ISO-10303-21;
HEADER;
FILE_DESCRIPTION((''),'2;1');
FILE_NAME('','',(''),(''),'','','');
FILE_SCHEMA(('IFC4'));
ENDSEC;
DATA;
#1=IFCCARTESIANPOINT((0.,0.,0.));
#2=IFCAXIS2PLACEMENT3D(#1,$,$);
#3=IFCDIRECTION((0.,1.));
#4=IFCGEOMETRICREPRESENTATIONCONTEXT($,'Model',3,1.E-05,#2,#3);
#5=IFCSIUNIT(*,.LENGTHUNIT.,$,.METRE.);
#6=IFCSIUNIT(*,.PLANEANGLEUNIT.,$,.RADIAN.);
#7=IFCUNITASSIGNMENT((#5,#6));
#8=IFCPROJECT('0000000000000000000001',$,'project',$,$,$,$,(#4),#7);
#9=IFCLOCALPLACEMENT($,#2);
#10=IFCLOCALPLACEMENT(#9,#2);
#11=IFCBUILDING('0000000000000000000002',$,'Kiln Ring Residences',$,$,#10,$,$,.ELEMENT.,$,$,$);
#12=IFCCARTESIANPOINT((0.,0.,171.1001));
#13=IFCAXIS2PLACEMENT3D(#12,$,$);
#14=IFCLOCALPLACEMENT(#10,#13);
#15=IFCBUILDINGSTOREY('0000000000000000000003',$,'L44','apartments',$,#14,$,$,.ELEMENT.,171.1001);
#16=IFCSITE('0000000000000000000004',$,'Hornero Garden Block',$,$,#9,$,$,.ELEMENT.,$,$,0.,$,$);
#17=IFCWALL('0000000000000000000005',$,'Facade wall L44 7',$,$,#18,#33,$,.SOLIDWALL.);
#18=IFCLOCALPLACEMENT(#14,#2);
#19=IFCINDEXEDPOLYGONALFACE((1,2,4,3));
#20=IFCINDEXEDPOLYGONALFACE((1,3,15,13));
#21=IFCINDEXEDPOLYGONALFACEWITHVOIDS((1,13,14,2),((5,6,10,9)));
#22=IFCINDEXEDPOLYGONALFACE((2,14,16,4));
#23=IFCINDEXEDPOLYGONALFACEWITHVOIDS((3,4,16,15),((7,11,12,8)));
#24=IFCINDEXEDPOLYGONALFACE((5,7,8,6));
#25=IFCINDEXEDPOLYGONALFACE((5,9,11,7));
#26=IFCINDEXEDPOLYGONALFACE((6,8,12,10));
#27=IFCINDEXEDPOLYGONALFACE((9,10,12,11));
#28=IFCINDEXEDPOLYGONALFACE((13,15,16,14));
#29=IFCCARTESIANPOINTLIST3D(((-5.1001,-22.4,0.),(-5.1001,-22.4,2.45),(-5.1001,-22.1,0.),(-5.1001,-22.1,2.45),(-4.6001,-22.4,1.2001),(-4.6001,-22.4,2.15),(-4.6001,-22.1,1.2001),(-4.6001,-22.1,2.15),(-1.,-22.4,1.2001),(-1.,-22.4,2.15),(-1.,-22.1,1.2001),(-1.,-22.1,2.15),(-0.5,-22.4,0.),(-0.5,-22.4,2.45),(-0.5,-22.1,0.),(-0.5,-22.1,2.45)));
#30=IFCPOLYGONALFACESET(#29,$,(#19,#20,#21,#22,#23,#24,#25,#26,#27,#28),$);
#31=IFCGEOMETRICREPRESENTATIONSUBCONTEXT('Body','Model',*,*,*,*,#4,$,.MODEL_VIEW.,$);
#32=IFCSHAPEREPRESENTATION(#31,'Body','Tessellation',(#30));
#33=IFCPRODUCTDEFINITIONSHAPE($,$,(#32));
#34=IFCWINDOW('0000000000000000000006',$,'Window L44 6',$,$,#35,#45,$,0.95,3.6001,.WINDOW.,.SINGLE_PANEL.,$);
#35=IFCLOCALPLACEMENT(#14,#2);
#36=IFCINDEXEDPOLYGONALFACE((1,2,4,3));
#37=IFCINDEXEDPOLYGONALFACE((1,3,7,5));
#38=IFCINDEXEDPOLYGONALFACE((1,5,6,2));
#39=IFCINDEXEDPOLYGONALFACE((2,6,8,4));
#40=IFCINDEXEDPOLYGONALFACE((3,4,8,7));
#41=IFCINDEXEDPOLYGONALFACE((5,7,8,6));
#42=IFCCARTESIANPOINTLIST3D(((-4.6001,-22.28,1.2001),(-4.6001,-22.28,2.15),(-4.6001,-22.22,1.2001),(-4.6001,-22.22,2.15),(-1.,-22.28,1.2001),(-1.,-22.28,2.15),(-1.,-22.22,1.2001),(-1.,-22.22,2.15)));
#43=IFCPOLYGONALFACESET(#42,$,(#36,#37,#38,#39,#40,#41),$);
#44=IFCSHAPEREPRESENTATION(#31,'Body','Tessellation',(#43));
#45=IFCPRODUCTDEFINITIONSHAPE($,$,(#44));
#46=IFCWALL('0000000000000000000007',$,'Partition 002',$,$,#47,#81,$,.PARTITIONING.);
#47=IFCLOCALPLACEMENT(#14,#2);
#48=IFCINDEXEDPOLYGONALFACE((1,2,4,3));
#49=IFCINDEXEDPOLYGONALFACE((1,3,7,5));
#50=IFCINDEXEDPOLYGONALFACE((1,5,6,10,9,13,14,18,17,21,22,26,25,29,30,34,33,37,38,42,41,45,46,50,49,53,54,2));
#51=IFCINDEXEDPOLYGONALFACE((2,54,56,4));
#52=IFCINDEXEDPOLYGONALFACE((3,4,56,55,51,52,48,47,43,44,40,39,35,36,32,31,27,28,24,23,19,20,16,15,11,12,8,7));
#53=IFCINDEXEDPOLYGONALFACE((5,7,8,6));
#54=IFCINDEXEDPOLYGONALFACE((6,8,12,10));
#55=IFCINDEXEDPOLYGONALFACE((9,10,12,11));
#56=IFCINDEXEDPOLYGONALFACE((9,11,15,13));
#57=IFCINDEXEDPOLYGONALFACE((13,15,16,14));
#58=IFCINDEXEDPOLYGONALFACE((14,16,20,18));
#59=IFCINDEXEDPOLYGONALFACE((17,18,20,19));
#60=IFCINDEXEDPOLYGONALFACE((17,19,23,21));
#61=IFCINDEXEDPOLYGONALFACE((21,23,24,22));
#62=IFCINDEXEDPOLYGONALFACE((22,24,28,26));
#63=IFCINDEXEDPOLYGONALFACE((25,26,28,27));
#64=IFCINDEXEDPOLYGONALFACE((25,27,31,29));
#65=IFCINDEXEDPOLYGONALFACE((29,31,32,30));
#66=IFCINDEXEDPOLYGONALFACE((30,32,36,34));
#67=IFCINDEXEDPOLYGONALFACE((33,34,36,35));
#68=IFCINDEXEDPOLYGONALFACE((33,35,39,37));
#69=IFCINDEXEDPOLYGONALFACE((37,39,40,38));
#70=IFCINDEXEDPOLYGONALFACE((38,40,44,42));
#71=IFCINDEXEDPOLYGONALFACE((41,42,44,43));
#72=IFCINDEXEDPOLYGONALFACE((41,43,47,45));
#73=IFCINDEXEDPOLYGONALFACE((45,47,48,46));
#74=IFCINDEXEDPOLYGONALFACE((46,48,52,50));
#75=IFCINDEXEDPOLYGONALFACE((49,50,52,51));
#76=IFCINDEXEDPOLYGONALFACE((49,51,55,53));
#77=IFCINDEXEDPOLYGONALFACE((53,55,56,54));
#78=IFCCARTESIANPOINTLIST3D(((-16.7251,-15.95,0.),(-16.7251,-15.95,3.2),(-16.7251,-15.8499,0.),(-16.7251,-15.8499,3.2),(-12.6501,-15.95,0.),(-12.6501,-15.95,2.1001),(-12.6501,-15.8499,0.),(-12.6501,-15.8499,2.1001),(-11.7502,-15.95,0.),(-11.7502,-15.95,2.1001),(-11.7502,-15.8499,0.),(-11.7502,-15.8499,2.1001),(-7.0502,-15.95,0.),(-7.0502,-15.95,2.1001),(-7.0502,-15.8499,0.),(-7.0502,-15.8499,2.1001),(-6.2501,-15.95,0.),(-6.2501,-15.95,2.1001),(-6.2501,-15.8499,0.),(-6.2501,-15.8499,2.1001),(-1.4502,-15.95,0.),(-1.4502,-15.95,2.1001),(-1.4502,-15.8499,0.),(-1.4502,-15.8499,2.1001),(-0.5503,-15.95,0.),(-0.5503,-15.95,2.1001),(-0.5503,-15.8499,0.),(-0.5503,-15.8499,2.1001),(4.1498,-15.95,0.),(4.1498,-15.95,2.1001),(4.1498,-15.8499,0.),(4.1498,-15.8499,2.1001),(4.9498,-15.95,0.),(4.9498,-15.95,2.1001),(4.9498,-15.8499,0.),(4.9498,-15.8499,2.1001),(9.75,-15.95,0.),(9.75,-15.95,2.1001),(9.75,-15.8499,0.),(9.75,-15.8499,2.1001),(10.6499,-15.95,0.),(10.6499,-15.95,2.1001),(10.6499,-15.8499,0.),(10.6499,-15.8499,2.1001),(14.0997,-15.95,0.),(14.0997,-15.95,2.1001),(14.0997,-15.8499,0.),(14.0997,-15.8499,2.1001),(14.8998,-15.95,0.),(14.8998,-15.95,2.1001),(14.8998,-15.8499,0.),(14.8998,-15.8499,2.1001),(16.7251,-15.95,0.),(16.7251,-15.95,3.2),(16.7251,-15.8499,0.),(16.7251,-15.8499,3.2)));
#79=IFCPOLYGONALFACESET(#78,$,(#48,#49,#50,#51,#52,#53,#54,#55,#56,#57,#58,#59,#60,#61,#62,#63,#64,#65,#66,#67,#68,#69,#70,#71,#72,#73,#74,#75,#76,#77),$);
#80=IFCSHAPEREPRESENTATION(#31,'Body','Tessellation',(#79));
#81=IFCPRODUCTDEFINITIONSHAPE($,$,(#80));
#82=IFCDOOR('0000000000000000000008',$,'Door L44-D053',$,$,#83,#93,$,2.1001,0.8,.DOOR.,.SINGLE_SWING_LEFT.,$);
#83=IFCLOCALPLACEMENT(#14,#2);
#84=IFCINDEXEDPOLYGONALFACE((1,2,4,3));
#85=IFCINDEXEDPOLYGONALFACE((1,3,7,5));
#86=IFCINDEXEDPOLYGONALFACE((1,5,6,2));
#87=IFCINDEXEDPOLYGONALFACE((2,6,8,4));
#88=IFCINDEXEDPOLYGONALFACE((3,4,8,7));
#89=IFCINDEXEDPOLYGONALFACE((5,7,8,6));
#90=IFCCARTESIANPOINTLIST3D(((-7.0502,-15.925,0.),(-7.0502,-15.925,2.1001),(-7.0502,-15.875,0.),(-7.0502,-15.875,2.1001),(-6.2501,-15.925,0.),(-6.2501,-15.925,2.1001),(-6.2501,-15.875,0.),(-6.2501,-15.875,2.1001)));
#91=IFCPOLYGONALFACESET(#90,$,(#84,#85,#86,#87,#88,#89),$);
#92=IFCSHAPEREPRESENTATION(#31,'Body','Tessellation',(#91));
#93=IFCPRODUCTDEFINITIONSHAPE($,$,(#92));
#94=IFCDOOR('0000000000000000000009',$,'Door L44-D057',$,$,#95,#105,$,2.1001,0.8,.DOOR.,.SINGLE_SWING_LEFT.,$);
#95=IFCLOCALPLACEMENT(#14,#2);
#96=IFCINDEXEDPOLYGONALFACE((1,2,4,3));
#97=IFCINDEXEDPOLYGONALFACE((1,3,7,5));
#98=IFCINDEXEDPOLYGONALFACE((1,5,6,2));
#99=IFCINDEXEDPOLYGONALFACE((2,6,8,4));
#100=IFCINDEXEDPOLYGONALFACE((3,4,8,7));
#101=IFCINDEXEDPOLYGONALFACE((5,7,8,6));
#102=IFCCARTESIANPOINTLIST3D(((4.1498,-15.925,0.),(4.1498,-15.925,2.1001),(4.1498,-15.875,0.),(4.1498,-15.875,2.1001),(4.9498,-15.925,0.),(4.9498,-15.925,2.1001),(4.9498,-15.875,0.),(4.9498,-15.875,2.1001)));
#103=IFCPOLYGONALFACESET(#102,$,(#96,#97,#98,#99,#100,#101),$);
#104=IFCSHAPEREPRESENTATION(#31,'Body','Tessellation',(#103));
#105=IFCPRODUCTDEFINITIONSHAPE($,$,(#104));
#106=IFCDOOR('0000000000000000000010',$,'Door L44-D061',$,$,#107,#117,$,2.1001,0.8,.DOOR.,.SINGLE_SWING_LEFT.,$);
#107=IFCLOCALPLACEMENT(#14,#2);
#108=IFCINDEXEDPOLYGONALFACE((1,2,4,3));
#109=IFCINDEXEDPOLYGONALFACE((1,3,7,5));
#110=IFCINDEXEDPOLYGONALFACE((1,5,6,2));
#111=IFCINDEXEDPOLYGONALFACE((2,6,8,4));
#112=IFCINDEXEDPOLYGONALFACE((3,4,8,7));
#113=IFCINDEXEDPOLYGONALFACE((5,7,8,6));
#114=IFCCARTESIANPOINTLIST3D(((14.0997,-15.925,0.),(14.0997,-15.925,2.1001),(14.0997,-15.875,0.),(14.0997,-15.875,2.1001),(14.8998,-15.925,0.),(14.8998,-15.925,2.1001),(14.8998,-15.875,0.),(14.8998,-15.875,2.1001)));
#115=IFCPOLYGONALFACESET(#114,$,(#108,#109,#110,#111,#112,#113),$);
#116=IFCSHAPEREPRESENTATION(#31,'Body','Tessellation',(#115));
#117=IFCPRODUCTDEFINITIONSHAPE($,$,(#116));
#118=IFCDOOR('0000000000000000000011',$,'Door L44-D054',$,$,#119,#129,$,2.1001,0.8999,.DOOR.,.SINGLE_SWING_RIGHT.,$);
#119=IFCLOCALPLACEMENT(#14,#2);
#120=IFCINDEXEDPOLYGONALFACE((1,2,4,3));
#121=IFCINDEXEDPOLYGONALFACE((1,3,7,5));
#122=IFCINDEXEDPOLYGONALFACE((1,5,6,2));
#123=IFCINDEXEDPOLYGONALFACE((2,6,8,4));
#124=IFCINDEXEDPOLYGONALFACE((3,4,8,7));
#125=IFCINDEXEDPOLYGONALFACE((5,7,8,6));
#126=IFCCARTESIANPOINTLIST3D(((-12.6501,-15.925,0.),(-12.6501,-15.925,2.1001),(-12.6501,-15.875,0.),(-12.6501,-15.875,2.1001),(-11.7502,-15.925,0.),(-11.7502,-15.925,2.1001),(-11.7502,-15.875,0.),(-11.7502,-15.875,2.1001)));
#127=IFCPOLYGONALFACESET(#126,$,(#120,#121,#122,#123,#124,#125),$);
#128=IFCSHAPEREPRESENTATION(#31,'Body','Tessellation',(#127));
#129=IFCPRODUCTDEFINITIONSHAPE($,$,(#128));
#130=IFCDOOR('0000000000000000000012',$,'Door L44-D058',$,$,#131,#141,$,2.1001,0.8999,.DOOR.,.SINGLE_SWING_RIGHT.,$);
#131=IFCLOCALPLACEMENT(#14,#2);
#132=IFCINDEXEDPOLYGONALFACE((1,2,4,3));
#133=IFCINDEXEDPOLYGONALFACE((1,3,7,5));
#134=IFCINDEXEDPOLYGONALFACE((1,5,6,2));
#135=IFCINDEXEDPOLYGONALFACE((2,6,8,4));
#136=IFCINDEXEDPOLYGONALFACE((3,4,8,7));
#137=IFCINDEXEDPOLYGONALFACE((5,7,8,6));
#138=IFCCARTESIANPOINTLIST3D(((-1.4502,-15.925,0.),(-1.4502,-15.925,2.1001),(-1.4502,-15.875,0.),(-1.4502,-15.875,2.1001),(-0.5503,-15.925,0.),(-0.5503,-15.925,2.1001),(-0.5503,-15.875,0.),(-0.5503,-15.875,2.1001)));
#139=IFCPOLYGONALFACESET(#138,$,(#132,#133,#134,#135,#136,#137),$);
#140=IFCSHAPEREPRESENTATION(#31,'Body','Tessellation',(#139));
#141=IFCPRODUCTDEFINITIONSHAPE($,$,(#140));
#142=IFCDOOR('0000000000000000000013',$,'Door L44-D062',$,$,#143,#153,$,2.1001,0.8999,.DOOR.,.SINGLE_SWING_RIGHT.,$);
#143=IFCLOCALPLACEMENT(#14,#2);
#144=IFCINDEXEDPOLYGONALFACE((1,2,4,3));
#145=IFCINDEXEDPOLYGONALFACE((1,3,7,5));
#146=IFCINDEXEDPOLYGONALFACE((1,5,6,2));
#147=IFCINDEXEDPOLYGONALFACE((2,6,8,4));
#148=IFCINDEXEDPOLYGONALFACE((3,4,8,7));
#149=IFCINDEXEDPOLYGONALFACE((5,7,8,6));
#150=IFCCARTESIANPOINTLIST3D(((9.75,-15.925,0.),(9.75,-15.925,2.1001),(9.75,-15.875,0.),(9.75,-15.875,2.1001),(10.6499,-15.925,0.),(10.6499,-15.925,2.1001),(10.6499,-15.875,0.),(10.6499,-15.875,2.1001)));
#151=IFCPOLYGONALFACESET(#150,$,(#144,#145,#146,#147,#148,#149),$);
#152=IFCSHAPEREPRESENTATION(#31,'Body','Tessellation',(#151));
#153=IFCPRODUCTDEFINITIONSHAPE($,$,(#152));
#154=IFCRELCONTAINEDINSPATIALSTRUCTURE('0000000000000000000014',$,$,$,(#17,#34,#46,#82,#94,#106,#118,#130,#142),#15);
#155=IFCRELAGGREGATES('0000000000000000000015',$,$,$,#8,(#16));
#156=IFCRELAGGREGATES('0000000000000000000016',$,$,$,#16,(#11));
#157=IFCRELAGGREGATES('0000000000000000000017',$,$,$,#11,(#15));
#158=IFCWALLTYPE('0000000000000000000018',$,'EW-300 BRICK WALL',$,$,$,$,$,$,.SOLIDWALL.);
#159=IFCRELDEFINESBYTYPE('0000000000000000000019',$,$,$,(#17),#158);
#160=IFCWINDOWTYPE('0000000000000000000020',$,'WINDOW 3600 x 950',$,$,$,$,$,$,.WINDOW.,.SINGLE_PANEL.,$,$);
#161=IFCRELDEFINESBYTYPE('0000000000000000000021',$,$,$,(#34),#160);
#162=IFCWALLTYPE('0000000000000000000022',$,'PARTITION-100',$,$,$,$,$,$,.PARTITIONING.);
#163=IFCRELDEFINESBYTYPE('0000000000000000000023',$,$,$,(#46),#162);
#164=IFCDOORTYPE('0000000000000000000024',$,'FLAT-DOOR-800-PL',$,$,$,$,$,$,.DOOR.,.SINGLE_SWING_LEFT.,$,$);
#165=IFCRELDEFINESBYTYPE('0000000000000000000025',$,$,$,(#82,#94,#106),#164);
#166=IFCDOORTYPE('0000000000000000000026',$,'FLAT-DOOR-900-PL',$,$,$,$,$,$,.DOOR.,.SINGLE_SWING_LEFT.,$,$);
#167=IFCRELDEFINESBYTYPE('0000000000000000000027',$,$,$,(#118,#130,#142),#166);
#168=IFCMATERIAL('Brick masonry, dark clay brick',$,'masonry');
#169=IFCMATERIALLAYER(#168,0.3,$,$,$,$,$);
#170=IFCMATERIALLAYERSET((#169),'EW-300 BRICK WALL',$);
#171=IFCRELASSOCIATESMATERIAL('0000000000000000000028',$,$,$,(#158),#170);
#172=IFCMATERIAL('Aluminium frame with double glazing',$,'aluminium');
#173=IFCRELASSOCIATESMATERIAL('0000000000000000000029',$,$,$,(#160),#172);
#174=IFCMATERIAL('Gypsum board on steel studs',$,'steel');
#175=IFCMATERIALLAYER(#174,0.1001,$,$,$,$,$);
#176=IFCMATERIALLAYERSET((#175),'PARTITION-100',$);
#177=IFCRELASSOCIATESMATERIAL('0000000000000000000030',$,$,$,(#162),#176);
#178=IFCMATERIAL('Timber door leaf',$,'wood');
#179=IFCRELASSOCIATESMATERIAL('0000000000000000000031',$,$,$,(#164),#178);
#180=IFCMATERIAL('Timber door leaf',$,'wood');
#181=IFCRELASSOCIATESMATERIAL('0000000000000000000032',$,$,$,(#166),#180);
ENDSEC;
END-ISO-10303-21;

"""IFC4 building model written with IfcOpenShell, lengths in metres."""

from ifc_helpers import new_model, si_unit, direction, frame, frame_2d, origin, place, context, subcontext, project, spatial, rectangle, extrude, material, layer, layer_set, type_object, element, fill, save


model = new_model("IFC4")

# Units and contexts
model_context = context("Model", 3, precision=1e-05, world=origin(), true_north=direction((0.0, 1.0)))
body_context = subcontext(model_context, "Body", "Model", "MODEL_VIEW")
ifc_project = project(units=[si_unit("LENGTHUNIT", "METRE"), si_unit("PLANEANGLEUNIT", "RADIAN")], contexts=[model_context])

# Site, building, storey
site_placement = place(None, origin())
site = spatial("IfcSite", under=ifc_project, at=site_placement, Name="Hornero Garden Block", CompositionType="ELEMENT", RefElevation=0.0)
building_placement = place(site_placement, origin())
building = spatial("IfcBuilding", under=site, at=building_placement, Name="Kiln Ring Residences", CompositionType="ELEMENT")
storey_placement = place(building_placement, frame((0.0, 0.0, 171.1001)))
storey = spatial("IfcBuildingStorey", under=building, at=storey_placement, Name="L44", Description="apartments", CompositionType="ELEMENT", Elevation=171.1001)

# Wall, opening, window
ifc_material_1 = material(Name="Brick masonry, dark clay brick", Category="masonry")
ifc_layer_1 = layer(ifc_material_1, 0.3)
ifc_layer_set_1 = layer_set([ifc_layer_1], Name="EW-300 BRICK WALL")
wall_type_1 = type_object("IfcWallType", Name="EW-300 BRICK WALL", PredefinedType="SOLIDWALL", material=ifc_layer_set_1)
ifc_material_2 = material(Name="Aluminium frame with double glazing", Category="aluminium")
window_type = type_object("IfcWindowType", Name="WINDOW 3600 x 950", PartitioningType="SINGLE_PANEL", PredefinedType="WINDOW", material=ifc_material_2)
wall_1_placement = place(storey_placement, frame((-5.1001, -22.25, 0.0), z_axis=(0.0, 0.0, 1.0), x_axis=(1.0, 0.0, 0.0)))
wall_1 = element("IfcWall", 1, at=wall_1_placement, inside=storey, type_object=wall_type_1, Name="Facade wall L44 7", PredefinedType="SOLIDWALL", context=body_context, shape_type="SweptSolid", body=[
    extrude(rectangle(XDim=4.6001, YDim=0.3, at=frame_2d((2.3, 0.0))), origin(), (0.0, 0.0, 1.0), 2.45),
])
opening_1_placement = place(wall_1_placement, frame((0.5, 0.0, 1.2)))
opening_1 = element("IfcOpeningElement", 2, at=opening_1_placement, cuts=wall_1, PredefinedType="OPENING", context=body_context, shape_type="SweptSolid", body=[
    extrude(rectangle(XDim=3.6001, YDim=0.95, at=frame_2d((1.8, 0.4751))), frame((0.0, 0.1599, 0.0), z_axis=(0.0, -1.0, 0.0), x_axis=(1.0, 0.0, 0.0)), (0.0, 0.0, 1.0), 0.3201),
])
window_1_placement = place(opening_1_placement, origin())
window_1 = element("IfcWindow", 3, at=window_1_placement, inside=storey, type_object=window_type, Name="Window L44 6", OverallHeight=0.95, OverallWidth=3.6001, PartitioningType="SINGLE_PANEL", PredefinedType="WINDOW", context=body_context, shape_type="SweptSolid", body=[
    extrude(rectangle(XDim=3.6001, YDim=0.95, at=frame_2d((1.8, 0.4751))), frame((0.0, 0.03, 0.0), z_axis=(0.0, -1.0, 0.0), x_axis=(1.0, 0.0, 0.0)), (0.0, 0.0, 1.0), 0.0601),
])
fill(opening_1, window_1)

# Wall, openings, doors
ifc_material_3 = material(Name="Gypsum board on steel studs", Category="steel")
ifc_layer_2 = layer(ifc_material_3, 0.1001)
ifc_layer_set_2 = layer_set([ifc_layer_2], Name="PARTITION-100")
wall_type_2 = type_object("IfcWallType", Name="PARTITION-100", PredefinedType="PARTITIONING", material=ifc_layer_set_2)
wall_2_placement = place(storey_placement, frame((-16.7251, -15.8999, 0.0), z_axis=(0.0, 0.0, 1.0), x_axis=(1.0, 0.0, 0.0)))
wall_2 = element("IfcWall", 4, at=wall_2_placement, inside=storey, type_object=wall_type_2, Name="Partition 002", PredefinedType="PARTITIONING", context=body_context, shape_type="SweptSolid", body=[
    extrude(rectangle(XDim=33.4502, YDim=0.1001, at=frame_2d((16.7251, 0.0))), origin(), (0.0, 0.0, 1.0), 3.2),
])
opening_2_placement = place(wall_2_placement, frame((9.675, 0.0, 0.0)))
opening_2 = element("IfcOpeningElement", 5, at=opening_2_placement, cuts=wall_2, PredefinedType="OPENING", context=body_context, shape_type="SweptSolid", body=[
    extrude(rectangle(XDim=0.8, YDim=2.1001, at=frame_2d((0.3999, 1.05))), frame((0.0, 0.0601, 0.0), z_axis=(0.0, -1.0, 0.0), x_axis=(1.0, 0.0, 0.0)), (0.0, 0.0, 1.0), 0.1201),
])
opening_3_placement = place(wall_2_placement, frame((4.075, 0.0, 0.0)))
opening_3 = element("IfcOpeningElement", 6, at=opening_3_placement, cuts=wall_2, PredefinedType="OPENING", context=body_context, shape_type="SweptSolid", body=[
    extrude(rectangle(XDim=0.8999, YDim=2.1001, at=frame_2d((0.45, 1.05))), frame((0.0, 0.0601, 0.0), z_axis=(0.0, -1.0, 0.0), x_axis=(1.0, 0.0, 0.0)), (0.0, 0.0, 1.0), 0.1201),
])
opening_4_placement = place(wall_2_placement, frame((20.875, 0.0, 0.0)))
opening_4 = element("IfcOpeningElement", 7, at=opening_4_placement, cuts=wall_2, PredefinedType="OPENING", context=body_context, shape_type="SweptSolid", body=[
    extrude(rectangle(XDim=0.8, YDim=2.1001, at=frame_2d((0.3999, 1.05))), frame((0.0, 0.0601, 0.0), z_axis=(0.0, -1.0, 0.0), x_axis=(1.0, 0.0, 0.0)), (0.0, 0.0, 1.0), 0.1201),
])
opening_5_placement = place(wall_2_placement, frame((15.2749, 0.0, 0.0)))
opening_5 = element("IfcOpeningElement", 8, at=opening_5_placement, cuts=wall_2, PredefinedType="OPENING", context=body_context, shape_type="SweptSolid", body=[
    extrude(rectangle(XDim=0.8999, YDim=2.1001, at=frame_2d((0.45, 1.05))), frame((0.0, 0.0601, 0.0), z_axis=(0.0, -1.0, 0.0), x_axis=(1.0, 0.0, 0.0)), (0.0, 0.0, 1.0), 0.1201),
])
opening_6_placement = place(wall_2_placement, frame((30.825, 0.0, 0.0)))
opening_6 = element("IfcOpeningElement", 9, at=opening_6_placement, cuts=wall_2, PredefinedType="OPENING", context=body_context, shape_type="SweptSolid", body=[
    extrude(rectangle(XDim=0.8, YDim=2.1001, at=frame_2d((0.3999, 1.05))), frame((0.0, 0.0601, 0.0), z_axis=(0.0, -1.0, 0.0), x_axis=(1.0, 0.0, 0.0)), (0.0, 0.0, 1.0), 0.1201),
])
opening_7_placement = place(wall_2_placement, frame((26.4751, 0.0, 0.0)))
opening_7 = element("IfcOpeningElement", 10, at=opening_7_placement, cuts=wall_2, PredefinedType="OPENING", context=body_context, shape_type="SweptSolid", body=[
    extrude(rectangle(XDim=0.8999, YDim=2.1001, at=frame_2d((0.45, 1.05))), frame((0.0, 0.0601, 0.0), z_axis=(0.0, -1.0, 0.0), x_axis=(1.0, 0.0, 0.0)), (0.0, 0.0, 1.0), 0.1201),
])
ifc_material_4 = material(Name="Timber door leaf", Category="wood")
door_type_1 = type_object("IfcDoorType", Name="FLAT-DOOR-800-PL", OperationType="SINGLE_SWING_LEFT", PredefinedType="DOOR", material=ifc_material_4)
door_1_placement = place(opening_2_placement, origin())
door_1 = element("IfcDoor", 11, at=door_1_placement, inside=storey, type_object=door_type_1, Name="Door L44-D053", OperationType="SINGLE_SWING_LEFT", OverallHeight=2.1001, OverallWidth=0.8, PredefinedType="DOOR", context=body_context, shape_type="SweptSolid", body=[
    extrude(rectangle(XDim=0.8, YDim=2.1001, at=frame_2d((0.3999, 1.05))), frame((0.0, 0.0249, 0.0), z_axis=(0.0, -1.0, 0.0), x_axis=(1.0, 0.0, 0.0)), (0.0, 0.0, 1.0), 0.05),
])
fill(opening_2, door_1)
door_2_placement = place(opening_4_placement, origin())
door_2 = element("IfcDoor", 12, at=door_2_placement, inside=storey, type_object=door_type_1, Name="Door L44-D057", OperationType="SINGLE_SWING_LEFT", OverallHeight=2.1001, OverallWidth=0.8, PredefinedType="DOOR", context=body_context, shape_type="SweptSolid", body=[
    extrude(rectangle(XDim=0.8, YDim=2.1001, at=frame_2d((0.3999, 1.05))), frame((0.0, 0.0249, 0.0), z_axis=(0.0, -1.0, 0.0), x_axis=(1.0, 0.0, 0.0)), (0.0, 0.0, 1.0), 0.05),
])
fill(opening_4, door_2)
door_3_placement = place(opening_6_placement, origin())
door_3 = element("IfcDoor", 13, at=door_3_placement, inside=storey, type_object=door_type_1, Name="Door L44-D061", OperationType="SINGLE_SWING_LEFT", OverallHeight=2.1001, OverallWidth=0.8, PredefinedType="DOOR", context=body_context, shape_type="SweptSolid", body=[
    extrude(rectangle(XDim=0.8, YDim=2.1001, at=frame_2d((0.3999, 1.05))), frame((0.0, 0.0249, 0.0), z_axis=(0.0, -1.0, 0.0), x_axis=(1.0, 0.0, 0.0)), (0.0, 0.0, 1.0), 0.05),
])
fill(opening_6, door_3)
ifc_material_5 = material(Name="Timber door leaf", Category="wood")
door_type_2 = type_object("IfcDoorType", Name="FLAT-DOOR-900-PL", OperationType="SINGLE_SWING_LEFT", PredefinedType="DOOR", material=ifc_material_5)
door_4_placement = place(opening_3_placement, origin())
door_4 = element("IfcDoor", 14, at=door_4_placement, inside=storey, type_object=door_type_2, Name="Door L44-D054", OperationType="SINGLE_SWING_RIGHT", OverallHeight=2.1001, OverallWidth=0.8999, PredefinedType="DOOR", context=body_context, shape_type="SweptSolid", body=[
    extrude(rectangle(XDim=0.8999, YDim=2.1001, at=frame_2d((0.45, 1.05))), frame((0.0, 0.0249, 0.0), z_axis=(0.0, -1.0, 0.0), x_axis=(1.0, 0.0, 0.0)), (0.0, 0.0, 1.0), 0.05),
])
fill(opening_3, door_4)
door_5_placement = place(opening_5_placement, origin())
door_5 = element("IfcDoor", 15, at=door_5_placement, inside=storey, type_object=door_type_2, Name="Door L44-D058", OperationType="SINGLE_SWING_RIGHT", OverallHeight=2.1001, OverallWidth=0.8999, PredefinedType="DOOR", context=body_context, shape_type="SweptSolid", body=[
    extrude(rectangle(XDim=0.8999, YDim=2.1001, at=frame_2d((0.45, 1.05))), frame((0.0, 0.0249, 0.0), z_axis=(0.0, -1.0, 0.0), x_axis=(1.0, 0.0, 0.0)), (0.0, 0.0, 1.0), 0.05),
])
fill(opening_5, door_5)
door_6_placement = place(opening_7_placement, origin())
door_6 = element("IfcDoor", 16, at=door_6_placement, inside=storey, type_object=door_type_2, Name="Door L44-D062", OperationType="SINGLE_SWING_RIGHT", OverallHeight=2.1001, OverallWidth=0.8999, PredefinedType="DOOR", context=body_context, shape_type="SweptSolid", body=[
    extrude(rectangle(XDim=0.8999, YDim=2.1001, at=frame_2d((0.45, 1.05))), frame((0.0, 0.0249, 0.0), z_axis=(0.0, -1.0, 0.0), x_axis=(1.0, 0.0, 0.0)), (0.0, 0.0, 1.0), 0.05),
])
fill(opening_7, door_6)

save(model, "model.ifc")
